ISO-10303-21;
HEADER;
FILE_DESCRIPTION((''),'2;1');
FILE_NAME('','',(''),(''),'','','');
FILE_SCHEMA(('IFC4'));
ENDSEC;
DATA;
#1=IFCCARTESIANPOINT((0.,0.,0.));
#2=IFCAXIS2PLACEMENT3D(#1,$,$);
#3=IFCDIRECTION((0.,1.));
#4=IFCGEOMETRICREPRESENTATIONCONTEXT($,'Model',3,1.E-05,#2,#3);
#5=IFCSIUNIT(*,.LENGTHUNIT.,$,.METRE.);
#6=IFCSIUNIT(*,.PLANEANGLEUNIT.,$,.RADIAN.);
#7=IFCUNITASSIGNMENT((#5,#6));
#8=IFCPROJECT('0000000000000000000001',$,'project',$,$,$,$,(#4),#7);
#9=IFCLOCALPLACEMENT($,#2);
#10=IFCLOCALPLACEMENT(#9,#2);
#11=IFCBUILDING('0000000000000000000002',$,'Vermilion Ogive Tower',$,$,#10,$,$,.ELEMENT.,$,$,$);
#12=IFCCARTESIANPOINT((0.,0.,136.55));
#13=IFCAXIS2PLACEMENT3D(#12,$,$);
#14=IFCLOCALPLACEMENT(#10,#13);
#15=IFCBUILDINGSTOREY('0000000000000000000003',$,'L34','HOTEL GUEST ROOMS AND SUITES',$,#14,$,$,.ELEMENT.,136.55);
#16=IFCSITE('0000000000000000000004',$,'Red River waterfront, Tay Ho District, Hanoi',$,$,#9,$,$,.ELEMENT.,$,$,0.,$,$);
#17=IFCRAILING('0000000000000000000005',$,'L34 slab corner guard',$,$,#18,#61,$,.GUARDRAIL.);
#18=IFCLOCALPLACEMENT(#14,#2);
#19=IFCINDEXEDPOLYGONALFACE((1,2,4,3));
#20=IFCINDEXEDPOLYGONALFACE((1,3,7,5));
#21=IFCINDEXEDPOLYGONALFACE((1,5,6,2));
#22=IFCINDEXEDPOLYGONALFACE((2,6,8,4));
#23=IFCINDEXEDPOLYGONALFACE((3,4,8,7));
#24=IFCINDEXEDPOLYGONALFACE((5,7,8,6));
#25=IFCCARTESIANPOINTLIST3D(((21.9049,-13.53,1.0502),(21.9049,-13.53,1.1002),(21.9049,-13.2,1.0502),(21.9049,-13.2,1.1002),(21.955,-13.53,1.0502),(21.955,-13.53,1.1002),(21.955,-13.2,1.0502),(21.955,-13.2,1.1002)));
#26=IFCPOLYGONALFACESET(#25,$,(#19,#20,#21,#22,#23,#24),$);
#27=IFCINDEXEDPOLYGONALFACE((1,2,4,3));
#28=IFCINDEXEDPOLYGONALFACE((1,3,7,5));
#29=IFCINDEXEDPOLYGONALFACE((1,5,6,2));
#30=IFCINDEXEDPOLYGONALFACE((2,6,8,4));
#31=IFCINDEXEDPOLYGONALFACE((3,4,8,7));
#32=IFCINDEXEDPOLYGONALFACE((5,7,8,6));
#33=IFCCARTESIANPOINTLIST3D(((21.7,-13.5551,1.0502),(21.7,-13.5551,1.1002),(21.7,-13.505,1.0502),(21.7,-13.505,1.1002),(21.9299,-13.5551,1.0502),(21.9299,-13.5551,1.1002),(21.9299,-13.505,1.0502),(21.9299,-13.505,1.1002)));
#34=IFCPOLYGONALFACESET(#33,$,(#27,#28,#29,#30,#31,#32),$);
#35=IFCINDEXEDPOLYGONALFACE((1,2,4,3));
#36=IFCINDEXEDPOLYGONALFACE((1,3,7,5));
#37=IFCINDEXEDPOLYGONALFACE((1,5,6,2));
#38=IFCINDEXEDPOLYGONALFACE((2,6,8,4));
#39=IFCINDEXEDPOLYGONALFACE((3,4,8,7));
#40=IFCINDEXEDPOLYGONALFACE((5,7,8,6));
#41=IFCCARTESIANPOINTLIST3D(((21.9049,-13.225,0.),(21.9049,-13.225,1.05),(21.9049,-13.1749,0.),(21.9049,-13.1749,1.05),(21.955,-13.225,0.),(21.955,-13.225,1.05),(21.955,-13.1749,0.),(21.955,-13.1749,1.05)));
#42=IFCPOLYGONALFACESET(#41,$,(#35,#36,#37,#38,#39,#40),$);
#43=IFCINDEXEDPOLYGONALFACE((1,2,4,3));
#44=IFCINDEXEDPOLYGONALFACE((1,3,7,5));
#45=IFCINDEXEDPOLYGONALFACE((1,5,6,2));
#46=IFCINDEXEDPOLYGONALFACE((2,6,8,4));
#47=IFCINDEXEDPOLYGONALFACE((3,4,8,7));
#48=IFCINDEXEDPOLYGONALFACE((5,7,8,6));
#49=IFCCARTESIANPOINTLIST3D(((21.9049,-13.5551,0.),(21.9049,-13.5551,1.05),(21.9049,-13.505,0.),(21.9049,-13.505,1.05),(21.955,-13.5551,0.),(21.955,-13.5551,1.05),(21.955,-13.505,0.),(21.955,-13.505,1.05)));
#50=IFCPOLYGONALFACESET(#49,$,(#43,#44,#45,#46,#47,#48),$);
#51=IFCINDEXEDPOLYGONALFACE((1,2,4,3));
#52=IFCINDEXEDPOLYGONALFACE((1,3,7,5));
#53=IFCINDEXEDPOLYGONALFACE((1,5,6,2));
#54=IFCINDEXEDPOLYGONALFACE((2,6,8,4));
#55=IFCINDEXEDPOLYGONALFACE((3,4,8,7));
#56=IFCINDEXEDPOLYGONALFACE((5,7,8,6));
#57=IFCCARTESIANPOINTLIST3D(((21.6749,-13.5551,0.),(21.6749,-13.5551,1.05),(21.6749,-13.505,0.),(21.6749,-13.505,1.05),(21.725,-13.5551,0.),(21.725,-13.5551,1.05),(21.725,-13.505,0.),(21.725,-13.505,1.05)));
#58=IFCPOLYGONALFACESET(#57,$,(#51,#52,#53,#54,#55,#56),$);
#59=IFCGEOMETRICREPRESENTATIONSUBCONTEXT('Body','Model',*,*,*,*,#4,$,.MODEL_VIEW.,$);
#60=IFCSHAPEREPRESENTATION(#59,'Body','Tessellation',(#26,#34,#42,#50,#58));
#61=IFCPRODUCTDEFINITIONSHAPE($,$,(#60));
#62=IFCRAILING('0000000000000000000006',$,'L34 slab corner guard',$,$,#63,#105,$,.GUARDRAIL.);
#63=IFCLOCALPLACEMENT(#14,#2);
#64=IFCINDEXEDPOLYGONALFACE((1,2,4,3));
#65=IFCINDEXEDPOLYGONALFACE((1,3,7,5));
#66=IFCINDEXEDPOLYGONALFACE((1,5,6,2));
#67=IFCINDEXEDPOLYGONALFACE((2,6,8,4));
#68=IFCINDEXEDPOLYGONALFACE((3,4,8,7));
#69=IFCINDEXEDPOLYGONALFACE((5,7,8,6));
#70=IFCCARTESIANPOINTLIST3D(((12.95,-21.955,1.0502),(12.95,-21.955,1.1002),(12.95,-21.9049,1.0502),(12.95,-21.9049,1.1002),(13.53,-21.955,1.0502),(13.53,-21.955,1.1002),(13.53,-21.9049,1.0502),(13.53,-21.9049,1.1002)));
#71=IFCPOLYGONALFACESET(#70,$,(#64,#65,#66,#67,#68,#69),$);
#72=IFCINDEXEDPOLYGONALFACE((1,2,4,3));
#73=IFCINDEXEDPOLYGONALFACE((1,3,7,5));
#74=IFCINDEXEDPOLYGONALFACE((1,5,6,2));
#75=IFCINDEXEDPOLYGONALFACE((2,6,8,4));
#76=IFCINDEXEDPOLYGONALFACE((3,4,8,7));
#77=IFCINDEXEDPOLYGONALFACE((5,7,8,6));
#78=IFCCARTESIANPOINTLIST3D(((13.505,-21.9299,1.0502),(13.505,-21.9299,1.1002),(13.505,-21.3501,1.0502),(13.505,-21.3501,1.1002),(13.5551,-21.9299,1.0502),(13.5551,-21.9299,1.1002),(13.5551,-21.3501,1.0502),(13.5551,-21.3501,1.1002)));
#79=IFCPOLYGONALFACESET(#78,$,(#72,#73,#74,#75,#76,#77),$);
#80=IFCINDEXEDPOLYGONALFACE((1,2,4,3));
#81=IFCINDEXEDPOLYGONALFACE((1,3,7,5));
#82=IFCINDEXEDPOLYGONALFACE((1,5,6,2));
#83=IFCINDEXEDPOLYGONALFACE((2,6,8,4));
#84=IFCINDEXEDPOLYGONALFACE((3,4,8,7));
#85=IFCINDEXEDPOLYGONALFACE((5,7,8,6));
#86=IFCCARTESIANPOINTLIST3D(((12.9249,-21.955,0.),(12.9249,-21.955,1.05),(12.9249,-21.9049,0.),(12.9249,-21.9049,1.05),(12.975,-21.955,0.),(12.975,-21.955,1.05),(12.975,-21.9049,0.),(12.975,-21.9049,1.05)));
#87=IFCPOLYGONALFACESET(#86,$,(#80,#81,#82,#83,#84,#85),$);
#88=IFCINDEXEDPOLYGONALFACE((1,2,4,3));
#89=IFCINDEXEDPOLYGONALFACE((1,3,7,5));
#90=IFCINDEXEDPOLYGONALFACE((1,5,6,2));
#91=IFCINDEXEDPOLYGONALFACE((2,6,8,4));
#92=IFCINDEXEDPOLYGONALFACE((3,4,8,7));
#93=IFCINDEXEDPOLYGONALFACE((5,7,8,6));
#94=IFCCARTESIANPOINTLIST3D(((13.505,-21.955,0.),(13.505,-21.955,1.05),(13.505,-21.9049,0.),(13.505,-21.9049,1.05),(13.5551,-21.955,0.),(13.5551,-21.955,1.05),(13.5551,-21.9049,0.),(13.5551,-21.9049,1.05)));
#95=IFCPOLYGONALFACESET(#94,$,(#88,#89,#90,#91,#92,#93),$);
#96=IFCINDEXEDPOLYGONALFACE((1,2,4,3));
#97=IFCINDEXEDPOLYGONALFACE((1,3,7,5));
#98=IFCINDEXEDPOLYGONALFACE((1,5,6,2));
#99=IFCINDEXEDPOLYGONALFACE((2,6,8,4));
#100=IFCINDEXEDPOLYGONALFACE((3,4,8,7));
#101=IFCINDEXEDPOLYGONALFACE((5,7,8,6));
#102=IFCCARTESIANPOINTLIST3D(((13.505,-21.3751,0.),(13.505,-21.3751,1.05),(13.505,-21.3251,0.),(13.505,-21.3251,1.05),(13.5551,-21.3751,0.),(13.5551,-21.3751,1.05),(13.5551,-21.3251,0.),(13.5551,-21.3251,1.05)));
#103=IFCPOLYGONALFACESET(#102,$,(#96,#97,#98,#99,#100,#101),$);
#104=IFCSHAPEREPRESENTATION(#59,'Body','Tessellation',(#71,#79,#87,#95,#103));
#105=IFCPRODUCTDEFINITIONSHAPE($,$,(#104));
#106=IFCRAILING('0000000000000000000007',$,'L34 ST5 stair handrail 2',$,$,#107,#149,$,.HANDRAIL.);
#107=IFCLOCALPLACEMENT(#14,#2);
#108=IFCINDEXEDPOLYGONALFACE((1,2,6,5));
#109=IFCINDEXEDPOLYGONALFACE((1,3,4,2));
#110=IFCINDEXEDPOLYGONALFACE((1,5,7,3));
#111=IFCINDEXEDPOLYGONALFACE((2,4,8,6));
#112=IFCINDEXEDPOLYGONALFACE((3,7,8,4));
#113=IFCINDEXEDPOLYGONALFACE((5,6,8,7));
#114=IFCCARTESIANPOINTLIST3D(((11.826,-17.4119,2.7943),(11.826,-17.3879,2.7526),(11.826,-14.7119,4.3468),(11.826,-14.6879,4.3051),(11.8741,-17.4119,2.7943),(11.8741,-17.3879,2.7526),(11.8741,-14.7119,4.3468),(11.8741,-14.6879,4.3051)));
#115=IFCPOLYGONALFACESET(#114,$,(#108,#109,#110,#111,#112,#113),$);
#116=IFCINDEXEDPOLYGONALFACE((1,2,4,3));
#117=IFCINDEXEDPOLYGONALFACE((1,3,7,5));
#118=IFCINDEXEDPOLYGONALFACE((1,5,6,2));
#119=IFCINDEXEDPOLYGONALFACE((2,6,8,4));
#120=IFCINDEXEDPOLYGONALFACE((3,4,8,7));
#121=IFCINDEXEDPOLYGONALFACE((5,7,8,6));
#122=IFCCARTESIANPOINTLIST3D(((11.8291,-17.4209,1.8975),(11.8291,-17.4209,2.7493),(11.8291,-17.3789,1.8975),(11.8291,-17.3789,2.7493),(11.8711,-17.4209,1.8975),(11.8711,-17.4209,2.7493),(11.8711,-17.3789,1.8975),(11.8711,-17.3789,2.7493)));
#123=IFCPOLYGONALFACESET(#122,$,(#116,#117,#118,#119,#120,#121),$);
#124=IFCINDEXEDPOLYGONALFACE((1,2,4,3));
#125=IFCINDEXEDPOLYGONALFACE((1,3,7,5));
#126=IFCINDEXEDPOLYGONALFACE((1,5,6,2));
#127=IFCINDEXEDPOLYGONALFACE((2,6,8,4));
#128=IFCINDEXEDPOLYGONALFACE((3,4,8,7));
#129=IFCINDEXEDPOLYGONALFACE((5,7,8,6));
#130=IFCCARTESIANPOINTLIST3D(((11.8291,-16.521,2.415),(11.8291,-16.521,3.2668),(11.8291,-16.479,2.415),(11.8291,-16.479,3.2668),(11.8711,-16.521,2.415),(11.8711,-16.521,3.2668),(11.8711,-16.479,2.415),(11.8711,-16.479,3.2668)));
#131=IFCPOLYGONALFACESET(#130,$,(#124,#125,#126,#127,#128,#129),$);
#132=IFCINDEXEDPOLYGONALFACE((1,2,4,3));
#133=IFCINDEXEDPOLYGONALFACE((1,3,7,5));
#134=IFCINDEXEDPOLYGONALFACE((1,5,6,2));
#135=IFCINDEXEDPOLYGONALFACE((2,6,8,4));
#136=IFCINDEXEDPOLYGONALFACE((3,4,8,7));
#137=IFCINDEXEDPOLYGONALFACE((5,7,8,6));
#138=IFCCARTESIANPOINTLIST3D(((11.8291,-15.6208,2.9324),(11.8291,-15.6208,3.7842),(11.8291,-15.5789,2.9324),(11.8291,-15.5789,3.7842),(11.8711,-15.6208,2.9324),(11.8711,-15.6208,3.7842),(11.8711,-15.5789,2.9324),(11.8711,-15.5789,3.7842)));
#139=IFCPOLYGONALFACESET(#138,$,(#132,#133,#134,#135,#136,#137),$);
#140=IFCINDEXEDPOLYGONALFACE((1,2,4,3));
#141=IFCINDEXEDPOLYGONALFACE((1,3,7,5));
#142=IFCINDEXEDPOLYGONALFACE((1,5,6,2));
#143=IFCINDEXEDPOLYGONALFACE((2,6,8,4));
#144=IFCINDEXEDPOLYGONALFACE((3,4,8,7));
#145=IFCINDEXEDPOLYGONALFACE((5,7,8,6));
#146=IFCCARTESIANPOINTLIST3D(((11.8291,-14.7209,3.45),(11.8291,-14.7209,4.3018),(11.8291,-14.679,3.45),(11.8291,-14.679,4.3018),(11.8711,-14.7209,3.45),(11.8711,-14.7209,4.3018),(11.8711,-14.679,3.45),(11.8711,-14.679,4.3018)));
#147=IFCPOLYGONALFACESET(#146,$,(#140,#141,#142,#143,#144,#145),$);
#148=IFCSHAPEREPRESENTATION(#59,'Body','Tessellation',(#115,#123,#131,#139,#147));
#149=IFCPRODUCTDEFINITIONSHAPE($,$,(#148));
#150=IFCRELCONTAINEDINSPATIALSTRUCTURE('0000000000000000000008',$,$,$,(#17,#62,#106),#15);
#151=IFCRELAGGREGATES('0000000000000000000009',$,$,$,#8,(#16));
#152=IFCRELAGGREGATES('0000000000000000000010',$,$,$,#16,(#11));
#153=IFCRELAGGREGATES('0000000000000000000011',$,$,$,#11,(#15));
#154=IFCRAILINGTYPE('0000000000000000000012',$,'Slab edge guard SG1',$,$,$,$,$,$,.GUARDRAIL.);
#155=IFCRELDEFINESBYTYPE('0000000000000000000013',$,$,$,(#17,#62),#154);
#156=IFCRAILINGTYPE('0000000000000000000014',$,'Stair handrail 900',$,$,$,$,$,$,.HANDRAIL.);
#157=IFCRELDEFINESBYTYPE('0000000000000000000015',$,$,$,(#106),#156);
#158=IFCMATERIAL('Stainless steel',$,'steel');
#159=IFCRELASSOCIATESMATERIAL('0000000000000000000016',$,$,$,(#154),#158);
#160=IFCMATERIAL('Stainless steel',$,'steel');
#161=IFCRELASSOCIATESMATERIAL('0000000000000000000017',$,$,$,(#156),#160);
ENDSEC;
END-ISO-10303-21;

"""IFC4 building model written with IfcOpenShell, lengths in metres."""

from ifc_helpers import new_model, si_unit, direction, frame, origin, origin_2d, place, context, subcontext, project, spatial, rectangle, extrude, material, type_object, element, save


model = new_model("IFC4")

# Units and contexts
model_context = context("Model", 3, precision=1e-05, world=origin(), true_north=direction((0.0, 1.0)))
body_context = subcontext(model_context, "Body", "Model", "MODEL_VIEW")
ifc_project = project(units=[si_unit("LENGTHUNIT", "METRE"), si_unit("PLANEANGLEUNIT", "RADIAN")], contexts=[model_context])

# Site, building, storey
site_placement = place(None, origin())
site = spatial("IfcSite", under=ifc_project, at=site_placement, Name="Red River waterfront, Tay Ho District, Hanoi", CompositionType="ELEMENT", RefElevation=0.0)
building_placement = place(site_placement, origin())
building = spatial("IfcBuilding", under=site, at=building_placement, Name="Vermilion Ogive Tower", CompositionType="ELEMENT")
storey_placement = place(building_placement, frame((0.0, 0.0, 136.55)))
storey = spatial("IfcBuildingStorey", under=building, at=storey_placement, Name="L34", Description="HOTEL GUEST ROOMS AND SUITES", CompositionType="ELEMENT", Elevation=136.55)

# Railings
ifc_material_1 = material(Name="Stainless steel", Category="steel")
railing_type_1 = type_object("IfcRailingType", Name="Slab edge guard SG1", PredefinedType="GUARDRAIL", material=ifc_material_1)
railing_1_placement = place(storey_placement, frame((21.9299, -13.2, 0.0)))
element("IfcRailing", 1, at=railing_1_placement, inside=storey, type_object=railing_type_1, Name="L34 slab corner guard", PredefinedType="GUARDRAIL", context=body_context, shape_type="SweptSolid", body=[
    extrude(rectangle(XDim=0.05, YDim=0.05, at=origin_2d()), frame((0.0, 0.0, 1.0752), z_axis=(0.0, -1.0, 0.0), x_axis=(1.0, 0.0, 0.0)), (0.0, 0.0, 1.0), 0.3301),
    extrude(rectangle(XDim=0.05, YDim=0.05, at=origin_2d()), frame((0.0, -0.3301, 1.0752), z_axis=(-1.0, 0.0, 0.0), x_axis=(0.0, -1.0, 0.0)), (0.0, 0.0, 1.0), 0.23),
    extrude(rectangle(XDim=0.05, YDim=0.05, at=origin_2d()), origin(), (0.0, 0.0, 1.0), 1.05),
    extrude(rectangle(XDim=0.05, YDim=0.05, at=origin_2d()), frame((0.0, -0.3301, 0.0)), (0.0, 0.0, 1.0), 1.05),
    extrude(rectangle(XDim=0.05, YDim=0.05, at=origin_2d()), frame((-0.23, -0.3301, 0.0)), (0.0, 0.0, 1.0), 1.05),
])
railing_2_placement = place(storey_placement, frame((12.95, -21.9299, 0.0)))
element("IfcRailing", 2, at=railing_2_placement, inside=storey, type_object=railing_type_1, Name="L34 slab corner guard", PredefinedType="GUARDRAIL", context=body_context, shape_type="SweptSolid", body=[
    extrude(rectangle(XDim=0.05, YDim=0.05, at=origin_2d()), frame((0.0, 0.0, 1.0752), z_axis=(1.0, 0.0, 0.0), x_axis=(0.0, 1.0, 0.0)), (0.0, 0.0, 1.0), 0.5801),
    extrude(rectangle(XDim=0.05, YDim=0.05, at=origin_2d()), frame((0.5801, 0.0, 1.0752), z_axis=(0.0, 1.0, 0.0), x_axis=(-1.0, 0.0, 0.0)), (0.0, 0.0, 1.0), 0.5798),
    extrude(rectangle(XDim=0.05, YDim=0.05, at=origin_2d()), origin(), (0.0, 0.0, 1.0), 1.05),
    extrude(rectangle(XDim=0.05, YDim=0.05, at=origin_2d()), frame((0.5801, 0.0, 0.0)), (0.0, 0.0, 1.0), 1.05),
    extrude(rectangle(XDim=0.05, YDim=0.05, at=origin_2d()), frame((0.5801, 0.5798, 0.0)), (0.0, 0.0, 1.0), 1.05),
])
ifc_material_2 = material(Name="Stainless steel", Category="steel")
railing_type_2 = type_object("IfcRailingType", Name="Stair handrail 900", PredefinedType="HANDRAIL", material=ifc_material_2)
railing_3_placement = place(storey_placement, frame((11.8501, -17.3999, 1.8975)))
element("IfcRailing", 3, at=railing_3_placement, inside=storey, type_object=railing_type_2, Name="L34 ST5 stair handrail 2", PredefinedType="HANDRAIL", context=body_context, shape_type="SweptSolid", body=[
    extrude(rectangle(XDim=0.0481, YDim=0.0481, at=origin_2d()), frame((0.0, 0.0, 0.876), z_axis=(0.0, 0.866904, 0.498476), x_axis=(-1.0, 0.0, 0.0)), (0.0, 0.0, 1.0), 3.1145),
    extrude(rectangle(XDim=0.042, YDim=0.042, at=origin_2d()), origin(), (0.0, 0.0, 1.0), 0.8518),
    extrude(rectangle(XDim=0.042, YDim=0.042, at=origin_2d()), frame((0.0, 0.8999, 0.5176)), (0.0, 0.0, 1.0), 0.8518),
    extrude(rectangle(XDim=0.042, YDim=0.042, at=origin_2d()), frame((0.0, 1.8, 1.0349)), (0.0, 0.0, 1.0), 0.8518),
    extrude(rectangle(XDim=0.042, YDim=0.042, at=origin_2d()), frame((0.0, 2.7, 1.5525)), (0.0, 0.0, 1.0), 0.8518),
])

save(model, "model.ifc")
